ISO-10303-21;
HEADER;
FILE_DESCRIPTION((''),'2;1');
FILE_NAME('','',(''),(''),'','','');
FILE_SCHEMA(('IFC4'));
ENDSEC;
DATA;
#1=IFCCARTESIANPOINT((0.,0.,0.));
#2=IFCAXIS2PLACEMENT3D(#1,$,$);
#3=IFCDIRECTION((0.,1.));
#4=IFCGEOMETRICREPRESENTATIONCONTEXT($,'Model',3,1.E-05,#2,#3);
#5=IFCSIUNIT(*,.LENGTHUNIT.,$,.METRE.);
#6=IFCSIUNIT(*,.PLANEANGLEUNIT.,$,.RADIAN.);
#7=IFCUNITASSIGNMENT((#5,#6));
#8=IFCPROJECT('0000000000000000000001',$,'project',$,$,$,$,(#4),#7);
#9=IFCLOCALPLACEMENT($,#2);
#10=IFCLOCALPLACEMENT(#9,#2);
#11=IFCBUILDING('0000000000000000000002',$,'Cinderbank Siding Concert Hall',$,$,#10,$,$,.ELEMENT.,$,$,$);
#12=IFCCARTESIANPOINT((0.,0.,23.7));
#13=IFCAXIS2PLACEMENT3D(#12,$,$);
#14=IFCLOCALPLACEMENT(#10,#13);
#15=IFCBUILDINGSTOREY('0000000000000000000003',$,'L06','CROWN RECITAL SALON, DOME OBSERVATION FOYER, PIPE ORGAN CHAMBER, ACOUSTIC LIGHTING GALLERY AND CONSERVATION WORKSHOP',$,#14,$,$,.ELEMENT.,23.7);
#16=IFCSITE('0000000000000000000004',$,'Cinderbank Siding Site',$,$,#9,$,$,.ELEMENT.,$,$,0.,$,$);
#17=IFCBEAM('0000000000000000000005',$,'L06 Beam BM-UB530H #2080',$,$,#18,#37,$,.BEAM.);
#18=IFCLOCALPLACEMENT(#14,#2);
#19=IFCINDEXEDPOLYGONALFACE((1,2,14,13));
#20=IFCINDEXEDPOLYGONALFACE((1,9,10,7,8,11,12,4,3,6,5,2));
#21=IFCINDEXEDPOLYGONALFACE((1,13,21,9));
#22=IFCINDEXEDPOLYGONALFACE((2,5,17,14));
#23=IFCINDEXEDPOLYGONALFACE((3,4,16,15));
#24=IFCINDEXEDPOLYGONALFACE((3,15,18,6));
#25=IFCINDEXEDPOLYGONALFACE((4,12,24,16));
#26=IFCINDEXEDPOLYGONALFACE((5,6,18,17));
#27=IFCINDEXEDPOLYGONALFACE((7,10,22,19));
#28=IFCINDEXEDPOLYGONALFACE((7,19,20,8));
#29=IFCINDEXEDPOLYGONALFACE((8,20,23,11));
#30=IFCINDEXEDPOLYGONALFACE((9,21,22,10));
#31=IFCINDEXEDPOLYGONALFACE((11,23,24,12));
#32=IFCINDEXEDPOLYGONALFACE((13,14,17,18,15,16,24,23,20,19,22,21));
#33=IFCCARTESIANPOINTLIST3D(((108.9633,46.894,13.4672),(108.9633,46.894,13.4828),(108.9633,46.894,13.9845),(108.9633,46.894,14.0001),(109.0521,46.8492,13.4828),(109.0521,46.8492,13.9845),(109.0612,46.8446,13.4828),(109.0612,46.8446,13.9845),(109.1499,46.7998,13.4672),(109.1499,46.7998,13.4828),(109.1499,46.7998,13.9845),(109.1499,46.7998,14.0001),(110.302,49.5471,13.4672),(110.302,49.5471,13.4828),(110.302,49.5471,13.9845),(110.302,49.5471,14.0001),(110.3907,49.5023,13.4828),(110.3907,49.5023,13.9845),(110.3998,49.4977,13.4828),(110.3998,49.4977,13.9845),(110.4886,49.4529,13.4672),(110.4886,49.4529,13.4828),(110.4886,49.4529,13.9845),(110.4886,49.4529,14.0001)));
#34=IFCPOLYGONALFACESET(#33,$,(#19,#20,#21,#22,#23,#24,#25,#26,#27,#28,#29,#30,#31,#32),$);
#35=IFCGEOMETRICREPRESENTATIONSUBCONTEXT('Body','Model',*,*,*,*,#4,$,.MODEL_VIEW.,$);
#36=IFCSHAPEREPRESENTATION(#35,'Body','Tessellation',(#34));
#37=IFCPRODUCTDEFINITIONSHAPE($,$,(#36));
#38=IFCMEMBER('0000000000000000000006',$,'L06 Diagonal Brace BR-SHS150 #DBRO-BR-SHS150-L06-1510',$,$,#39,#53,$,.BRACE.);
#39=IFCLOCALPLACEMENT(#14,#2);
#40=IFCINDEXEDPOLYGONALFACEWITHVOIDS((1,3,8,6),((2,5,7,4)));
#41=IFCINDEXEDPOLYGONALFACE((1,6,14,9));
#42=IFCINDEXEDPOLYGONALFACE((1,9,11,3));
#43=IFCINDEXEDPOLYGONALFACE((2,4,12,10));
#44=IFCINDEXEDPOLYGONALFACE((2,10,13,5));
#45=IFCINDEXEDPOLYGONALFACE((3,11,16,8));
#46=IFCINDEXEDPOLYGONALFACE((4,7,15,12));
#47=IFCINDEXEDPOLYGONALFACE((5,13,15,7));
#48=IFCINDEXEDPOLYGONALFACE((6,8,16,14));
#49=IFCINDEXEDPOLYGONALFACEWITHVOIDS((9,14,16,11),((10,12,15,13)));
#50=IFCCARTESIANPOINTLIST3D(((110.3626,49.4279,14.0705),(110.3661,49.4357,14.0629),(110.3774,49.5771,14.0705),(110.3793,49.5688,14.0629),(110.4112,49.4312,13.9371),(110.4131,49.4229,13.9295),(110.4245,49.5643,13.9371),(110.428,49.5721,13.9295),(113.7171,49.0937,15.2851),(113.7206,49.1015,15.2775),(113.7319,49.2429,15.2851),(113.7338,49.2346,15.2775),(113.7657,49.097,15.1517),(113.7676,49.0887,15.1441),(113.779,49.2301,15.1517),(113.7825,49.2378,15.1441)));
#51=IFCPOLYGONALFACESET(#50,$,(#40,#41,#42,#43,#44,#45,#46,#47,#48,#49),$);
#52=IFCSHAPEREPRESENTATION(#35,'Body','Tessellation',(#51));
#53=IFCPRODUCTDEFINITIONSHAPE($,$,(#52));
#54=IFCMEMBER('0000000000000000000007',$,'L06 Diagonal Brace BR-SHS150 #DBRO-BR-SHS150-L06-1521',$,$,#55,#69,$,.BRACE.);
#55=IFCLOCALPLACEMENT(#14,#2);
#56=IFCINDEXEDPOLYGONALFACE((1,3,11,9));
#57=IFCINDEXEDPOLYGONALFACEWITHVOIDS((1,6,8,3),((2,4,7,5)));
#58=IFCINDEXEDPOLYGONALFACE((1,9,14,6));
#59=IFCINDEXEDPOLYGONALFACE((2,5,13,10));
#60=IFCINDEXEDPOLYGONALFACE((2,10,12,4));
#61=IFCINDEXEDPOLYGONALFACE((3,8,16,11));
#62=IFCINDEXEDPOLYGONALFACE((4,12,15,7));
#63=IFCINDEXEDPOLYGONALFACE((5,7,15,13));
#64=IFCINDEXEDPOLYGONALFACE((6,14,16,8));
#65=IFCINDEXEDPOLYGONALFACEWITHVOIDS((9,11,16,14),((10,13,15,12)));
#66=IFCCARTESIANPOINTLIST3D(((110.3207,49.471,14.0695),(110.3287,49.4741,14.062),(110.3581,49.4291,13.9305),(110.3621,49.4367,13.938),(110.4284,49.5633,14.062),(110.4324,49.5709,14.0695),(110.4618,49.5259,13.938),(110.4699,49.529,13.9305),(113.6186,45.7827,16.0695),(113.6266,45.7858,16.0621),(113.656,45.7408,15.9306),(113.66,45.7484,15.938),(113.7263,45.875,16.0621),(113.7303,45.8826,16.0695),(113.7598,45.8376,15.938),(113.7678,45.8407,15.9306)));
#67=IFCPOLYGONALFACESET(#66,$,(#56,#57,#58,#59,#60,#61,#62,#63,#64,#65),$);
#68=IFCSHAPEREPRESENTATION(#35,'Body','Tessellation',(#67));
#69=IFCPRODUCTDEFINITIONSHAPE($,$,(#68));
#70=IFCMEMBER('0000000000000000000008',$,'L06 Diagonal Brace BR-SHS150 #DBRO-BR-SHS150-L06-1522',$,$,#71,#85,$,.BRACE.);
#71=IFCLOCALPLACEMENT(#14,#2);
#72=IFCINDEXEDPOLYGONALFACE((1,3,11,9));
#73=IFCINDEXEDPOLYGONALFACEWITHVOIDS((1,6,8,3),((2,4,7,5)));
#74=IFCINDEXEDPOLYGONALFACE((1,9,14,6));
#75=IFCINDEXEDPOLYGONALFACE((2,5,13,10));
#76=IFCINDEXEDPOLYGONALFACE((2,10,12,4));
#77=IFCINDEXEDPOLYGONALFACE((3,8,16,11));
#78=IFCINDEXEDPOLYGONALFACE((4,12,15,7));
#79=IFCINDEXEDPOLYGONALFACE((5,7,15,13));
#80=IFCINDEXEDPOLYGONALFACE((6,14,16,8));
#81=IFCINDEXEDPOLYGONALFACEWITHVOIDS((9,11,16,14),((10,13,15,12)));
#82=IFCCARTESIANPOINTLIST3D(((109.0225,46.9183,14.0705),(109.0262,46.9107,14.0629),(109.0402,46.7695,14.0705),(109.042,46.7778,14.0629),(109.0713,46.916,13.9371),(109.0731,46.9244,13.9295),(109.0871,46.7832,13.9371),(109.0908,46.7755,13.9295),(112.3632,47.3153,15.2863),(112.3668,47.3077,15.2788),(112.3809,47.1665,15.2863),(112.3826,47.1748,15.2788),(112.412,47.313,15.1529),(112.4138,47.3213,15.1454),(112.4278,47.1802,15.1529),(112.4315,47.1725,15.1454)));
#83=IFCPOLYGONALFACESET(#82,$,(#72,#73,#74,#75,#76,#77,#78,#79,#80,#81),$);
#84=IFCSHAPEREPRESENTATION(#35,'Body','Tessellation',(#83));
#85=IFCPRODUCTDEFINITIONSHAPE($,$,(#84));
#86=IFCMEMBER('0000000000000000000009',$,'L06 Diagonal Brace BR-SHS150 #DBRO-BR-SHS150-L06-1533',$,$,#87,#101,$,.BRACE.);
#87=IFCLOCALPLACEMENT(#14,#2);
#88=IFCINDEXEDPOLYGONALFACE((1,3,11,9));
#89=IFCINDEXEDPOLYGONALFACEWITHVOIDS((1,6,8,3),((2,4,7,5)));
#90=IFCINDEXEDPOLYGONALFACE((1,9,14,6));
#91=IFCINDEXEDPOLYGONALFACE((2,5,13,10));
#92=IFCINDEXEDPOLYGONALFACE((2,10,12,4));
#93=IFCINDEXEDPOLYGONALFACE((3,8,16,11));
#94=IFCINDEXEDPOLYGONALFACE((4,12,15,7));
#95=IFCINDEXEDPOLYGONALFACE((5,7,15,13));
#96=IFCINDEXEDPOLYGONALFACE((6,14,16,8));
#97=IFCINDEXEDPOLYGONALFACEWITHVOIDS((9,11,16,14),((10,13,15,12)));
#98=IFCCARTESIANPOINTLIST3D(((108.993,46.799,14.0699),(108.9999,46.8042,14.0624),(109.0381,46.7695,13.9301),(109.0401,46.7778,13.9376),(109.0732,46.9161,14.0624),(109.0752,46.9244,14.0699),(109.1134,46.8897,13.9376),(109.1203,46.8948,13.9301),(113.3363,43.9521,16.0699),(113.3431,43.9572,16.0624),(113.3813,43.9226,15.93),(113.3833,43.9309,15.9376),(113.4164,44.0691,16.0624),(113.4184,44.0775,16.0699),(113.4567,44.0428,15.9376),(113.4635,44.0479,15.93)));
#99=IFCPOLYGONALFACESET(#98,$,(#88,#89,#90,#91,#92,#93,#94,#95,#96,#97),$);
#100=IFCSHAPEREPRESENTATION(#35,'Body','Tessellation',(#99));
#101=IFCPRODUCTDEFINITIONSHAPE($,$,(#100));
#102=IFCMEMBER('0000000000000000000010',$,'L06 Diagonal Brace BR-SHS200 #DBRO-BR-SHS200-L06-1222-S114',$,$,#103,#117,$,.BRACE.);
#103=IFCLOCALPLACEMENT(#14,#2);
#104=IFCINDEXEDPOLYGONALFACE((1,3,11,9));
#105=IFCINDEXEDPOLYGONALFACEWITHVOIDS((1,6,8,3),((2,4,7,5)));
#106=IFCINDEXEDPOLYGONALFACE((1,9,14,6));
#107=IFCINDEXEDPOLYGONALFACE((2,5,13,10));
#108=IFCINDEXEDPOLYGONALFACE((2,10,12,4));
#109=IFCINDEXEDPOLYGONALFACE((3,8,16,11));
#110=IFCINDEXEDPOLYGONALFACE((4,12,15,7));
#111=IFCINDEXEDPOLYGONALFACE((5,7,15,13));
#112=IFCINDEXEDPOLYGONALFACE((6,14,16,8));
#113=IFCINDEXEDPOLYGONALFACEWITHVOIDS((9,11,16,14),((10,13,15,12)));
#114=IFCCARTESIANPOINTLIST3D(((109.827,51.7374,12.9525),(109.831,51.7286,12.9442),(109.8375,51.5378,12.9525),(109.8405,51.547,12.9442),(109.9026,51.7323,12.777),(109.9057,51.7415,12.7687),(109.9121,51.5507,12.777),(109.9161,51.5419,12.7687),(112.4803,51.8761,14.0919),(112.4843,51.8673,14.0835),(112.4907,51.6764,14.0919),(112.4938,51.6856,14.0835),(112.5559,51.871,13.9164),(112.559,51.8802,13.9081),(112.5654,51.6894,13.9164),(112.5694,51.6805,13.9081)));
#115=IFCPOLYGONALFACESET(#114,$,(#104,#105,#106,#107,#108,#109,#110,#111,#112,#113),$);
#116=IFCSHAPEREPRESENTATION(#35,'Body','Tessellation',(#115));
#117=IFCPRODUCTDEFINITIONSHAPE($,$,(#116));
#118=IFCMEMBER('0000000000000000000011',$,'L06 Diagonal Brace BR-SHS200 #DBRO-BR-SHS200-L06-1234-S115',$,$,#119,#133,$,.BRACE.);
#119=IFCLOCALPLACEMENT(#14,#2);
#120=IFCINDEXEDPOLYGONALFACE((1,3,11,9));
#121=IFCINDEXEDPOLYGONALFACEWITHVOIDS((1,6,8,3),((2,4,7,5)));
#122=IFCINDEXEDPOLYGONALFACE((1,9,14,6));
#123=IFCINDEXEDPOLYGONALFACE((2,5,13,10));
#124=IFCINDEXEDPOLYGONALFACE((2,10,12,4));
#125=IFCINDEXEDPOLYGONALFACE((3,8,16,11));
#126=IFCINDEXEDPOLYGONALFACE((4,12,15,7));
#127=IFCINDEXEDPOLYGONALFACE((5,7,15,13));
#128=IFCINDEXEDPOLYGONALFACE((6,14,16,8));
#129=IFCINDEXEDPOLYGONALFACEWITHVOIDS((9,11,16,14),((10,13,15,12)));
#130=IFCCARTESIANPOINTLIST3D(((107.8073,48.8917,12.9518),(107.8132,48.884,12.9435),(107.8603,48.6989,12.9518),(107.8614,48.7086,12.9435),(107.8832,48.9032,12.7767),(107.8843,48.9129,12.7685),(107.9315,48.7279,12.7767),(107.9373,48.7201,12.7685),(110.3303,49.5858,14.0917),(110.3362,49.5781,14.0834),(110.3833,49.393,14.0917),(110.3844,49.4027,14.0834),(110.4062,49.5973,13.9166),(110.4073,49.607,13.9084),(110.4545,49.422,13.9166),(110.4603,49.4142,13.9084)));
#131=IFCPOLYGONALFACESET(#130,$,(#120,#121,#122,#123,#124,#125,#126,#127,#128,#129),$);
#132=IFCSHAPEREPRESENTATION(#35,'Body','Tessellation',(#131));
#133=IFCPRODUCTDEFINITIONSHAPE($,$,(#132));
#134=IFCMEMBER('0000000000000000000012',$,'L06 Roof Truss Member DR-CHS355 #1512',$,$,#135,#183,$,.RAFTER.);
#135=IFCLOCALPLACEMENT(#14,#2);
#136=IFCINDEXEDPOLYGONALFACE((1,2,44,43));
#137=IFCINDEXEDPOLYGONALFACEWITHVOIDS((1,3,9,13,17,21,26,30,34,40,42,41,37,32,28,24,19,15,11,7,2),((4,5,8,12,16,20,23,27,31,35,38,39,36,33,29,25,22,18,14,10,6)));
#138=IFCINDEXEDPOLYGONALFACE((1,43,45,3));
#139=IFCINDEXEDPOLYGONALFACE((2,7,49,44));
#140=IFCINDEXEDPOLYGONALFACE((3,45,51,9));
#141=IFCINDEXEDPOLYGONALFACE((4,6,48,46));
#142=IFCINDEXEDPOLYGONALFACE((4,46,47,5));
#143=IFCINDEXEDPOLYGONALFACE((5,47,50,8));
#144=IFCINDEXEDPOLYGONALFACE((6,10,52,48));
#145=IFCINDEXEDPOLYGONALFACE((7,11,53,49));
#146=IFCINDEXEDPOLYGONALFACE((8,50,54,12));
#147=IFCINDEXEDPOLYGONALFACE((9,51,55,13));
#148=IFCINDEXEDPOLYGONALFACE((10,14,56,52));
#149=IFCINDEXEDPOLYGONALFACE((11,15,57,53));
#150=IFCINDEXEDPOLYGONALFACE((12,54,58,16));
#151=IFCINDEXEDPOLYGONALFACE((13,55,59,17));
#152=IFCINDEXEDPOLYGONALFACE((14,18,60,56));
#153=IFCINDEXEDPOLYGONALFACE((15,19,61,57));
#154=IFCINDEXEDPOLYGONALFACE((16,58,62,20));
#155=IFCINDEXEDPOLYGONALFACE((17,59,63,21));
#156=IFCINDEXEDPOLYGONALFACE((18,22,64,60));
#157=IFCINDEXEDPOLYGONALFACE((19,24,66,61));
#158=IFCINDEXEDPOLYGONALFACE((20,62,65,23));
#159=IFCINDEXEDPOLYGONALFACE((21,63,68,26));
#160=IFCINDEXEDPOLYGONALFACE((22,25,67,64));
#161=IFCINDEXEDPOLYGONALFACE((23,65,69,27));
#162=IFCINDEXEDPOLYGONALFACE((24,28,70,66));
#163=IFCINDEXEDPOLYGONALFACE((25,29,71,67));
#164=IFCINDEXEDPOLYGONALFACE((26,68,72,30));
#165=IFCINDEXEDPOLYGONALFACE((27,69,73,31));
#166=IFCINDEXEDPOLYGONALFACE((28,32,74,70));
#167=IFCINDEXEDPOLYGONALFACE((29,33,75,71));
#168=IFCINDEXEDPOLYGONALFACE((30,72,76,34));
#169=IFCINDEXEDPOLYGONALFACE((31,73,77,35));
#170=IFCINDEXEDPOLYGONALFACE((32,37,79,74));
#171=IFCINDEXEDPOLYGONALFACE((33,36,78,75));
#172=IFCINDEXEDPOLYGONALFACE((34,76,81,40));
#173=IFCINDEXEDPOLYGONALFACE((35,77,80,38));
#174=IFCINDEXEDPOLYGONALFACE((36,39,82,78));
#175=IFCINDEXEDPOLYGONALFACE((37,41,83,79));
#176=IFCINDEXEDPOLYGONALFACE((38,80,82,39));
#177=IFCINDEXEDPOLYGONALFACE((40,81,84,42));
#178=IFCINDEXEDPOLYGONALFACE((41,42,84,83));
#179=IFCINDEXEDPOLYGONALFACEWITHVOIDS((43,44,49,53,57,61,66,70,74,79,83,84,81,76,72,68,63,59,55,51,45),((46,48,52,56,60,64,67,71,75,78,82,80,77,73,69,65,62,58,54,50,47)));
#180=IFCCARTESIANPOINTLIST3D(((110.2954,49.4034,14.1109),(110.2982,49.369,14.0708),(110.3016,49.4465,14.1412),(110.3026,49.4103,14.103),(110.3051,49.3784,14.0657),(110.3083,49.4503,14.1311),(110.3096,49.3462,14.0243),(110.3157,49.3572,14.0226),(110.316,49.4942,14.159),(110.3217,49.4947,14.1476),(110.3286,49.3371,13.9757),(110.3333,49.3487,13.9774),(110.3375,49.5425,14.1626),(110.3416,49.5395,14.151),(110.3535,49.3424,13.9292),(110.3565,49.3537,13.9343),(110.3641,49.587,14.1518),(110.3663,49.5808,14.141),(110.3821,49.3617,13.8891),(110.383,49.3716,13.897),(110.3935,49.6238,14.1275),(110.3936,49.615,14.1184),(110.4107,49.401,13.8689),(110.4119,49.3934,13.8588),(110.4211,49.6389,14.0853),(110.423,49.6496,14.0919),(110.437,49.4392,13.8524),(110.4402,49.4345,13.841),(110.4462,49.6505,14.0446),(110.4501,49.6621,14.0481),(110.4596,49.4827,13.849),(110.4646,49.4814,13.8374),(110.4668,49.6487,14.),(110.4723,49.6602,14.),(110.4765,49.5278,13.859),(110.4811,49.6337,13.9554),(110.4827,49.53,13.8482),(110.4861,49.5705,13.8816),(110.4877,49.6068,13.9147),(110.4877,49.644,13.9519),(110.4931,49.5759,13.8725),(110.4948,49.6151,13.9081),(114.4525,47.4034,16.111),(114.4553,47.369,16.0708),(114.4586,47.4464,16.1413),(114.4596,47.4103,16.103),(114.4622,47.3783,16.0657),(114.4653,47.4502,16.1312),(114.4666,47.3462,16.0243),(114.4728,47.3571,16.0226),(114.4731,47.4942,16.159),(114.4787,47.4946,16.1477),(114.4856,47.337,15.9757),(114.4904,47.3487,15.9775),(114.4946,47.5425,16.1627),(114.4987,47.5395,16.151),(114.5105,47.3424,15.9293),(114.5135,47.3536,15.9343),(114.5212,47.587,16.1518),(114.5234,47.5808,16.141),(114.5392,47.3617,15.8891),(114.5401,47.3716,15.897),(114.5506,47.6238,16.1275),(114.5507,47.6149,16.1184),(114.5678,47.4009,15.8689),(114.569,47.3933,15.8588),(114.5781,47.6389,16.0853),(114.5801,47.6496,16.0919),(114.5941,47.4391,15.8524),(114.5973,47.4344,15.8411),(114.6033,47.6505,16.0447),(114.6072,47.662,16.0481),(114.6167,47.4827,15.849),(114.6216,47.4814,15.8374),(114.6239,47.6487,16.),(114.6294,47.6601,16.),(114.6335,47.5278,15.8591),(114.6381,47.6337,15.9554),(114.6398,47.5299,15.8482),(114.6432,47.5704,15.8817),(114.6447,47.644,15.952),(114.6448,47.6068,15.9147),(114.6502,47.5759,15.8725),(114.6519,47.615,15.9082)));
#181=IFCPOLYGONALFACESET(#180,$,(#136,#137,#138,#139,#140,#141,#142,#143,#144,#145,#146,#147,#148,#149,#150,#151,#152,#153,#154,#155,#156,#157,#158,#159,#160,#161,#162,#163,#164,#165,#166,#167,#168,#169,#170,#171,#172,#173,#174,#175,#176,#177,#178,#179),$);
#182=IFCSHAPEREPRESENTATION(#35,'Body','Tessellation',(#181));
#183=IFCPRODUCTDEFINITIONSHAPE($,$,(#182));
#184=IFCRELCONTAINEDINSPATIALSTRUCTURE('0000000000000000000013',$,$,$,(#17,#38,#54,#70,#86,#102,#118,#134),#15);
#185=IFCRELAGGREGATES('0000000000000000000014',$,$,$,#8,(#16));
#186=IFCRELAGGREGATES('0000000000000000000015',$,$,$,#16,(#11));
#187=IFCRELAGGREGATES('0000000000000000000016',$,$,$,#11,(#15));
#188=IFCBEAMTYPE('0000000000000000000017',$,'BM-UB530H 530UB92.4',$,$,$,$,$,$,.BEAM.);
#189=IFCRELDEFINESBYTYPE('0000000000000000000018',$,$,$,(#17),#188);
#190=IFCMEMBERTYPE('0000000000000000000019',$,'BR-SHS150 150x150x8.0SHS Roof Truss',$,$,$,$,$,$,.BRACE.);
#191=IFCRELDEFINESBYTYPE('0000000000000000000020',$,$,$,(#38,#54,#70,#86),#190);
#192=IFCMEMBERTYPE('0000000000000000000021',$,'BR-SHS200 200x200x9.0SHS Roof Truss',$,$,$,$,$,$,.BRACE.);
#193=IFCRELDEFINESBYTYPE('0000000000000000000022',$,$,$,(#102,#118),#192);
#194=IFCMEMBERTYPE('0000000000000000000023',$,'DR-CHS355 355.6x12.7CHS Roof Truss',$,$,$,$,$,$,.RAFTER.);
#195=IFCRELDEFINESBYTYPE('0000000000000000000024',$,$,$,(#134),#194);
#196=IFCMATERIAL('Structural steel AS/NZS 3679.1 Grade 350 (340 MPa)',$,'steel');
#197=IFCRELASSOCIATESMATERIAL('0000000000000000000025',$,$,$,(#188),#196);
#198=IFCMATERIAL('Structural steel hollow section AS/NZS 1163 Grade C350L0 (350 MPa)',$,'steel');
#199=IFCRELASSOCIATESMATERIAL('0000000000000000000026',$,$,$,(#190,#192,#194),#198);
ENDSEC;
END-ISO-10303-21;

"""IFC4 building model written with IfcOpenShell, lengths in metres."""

from ifc_helpers import new_model, si_unit, direction, frame, origin, origin_2d, place, context, subcontext, project, spatial, hollow_rectangle, hollow_circle, i_section, extrude, material, material_profile, profile_set, type_object, element, save


model = new_model("IFC4")

# Units and contexts
model_context = context("Model", 3, precision=1e-05, world=origin(), true_north=direction((0.0, 1.0)))
body_context = subcontext(model_context, "Body", "Model", "MODEL_VIEW")
ifc_project = project(units=[si_unit("LENGTHUNIT", "METRE"), si_unit("PLANEANGLEUNIT", "RADIAN")], contexts=[model_context])

# Site, building, storey
site_placement = place(None, origin())
site = spatial("IfcSite", under=ifc_project, at=site_placement, Name="Cinderbank Siding Site", CompositionType="ELEMENT", RefElevation=0.0)
building_placement = place(site_placement, origin())
building = spatial("IfcBuilding", under=site, at=building_placement, Name="Cinderbank Siding Concert Hall", CompositionType="ELEMENT")
storey_placement = place(building_placement, frame((0.0, 0.0, 23.7)))
storey = spatial("IfcBuildingStorey", under=building, at=storey_placement, Name="L06", Description="CROWN RECITAL SALON, DOME OBSERVATION FOYER, PIPE ORGAN CHAMBER, ACOUSTIC LIGHTING GALLERY AND CONSERVATION WORKSHOP", CompositionType="ELEMENT", Elevation=23.7)

# Beam
ifc_material_1 = material(Name="Structural steel AS/NZS 3679.1 Grade 350 (340 MPa)", Category="steel")
ifc_material_profile_1 = material_profile(ifc_material_1, i_section(OverallWidth=0.209, OverallDepth=0.533, WebThickness=0.0103, FlangeThickness=0.0156, at=origin_2d()), Name="530UB92.4", Category="LoadBearing")
ifc_profile_set_1 = profile_set([ifc_material_profile_1], Name="Structural steel AS/NZS 3679.1 Grade 350 (340 MPa)")
beam_type = type_object("IfcBeamType", Name="BM-UB530H 530UB92.4", PredefinedType="BEAM", material=ifc_profile_set_1)
beam_placement = place(storey_placement, frame((110.3953, 49.5, 13.7336), z_axis=(-0.450464, -0.892795, 0.0), x_axis=(0.892795, -0.450464, 0.0)))
element("IfcBeam", 1, at=beam_placement, inside=storey, type_object=beam_type, Name="L06 Beam BM-UB530H #2080", PredefinedType="BEAM", context=body_context, shape_type="SweptSolid", body=[
    extrude(i_section(OverallWidth=0.209, OverallDepth=0.533, WebThickness=0.0103, FlangeThickness=0.0156, at=origin_2d()), origin(), (0.0, 0.0, 1.0), 2.9717),
])

# Members
ifc_material_2 = material(Name="Structural steel hollow section AS/NZS 1163 Grade C350L0 (350 MPa)", Category="steel")
ifc_material_profile_2 = material_profile(ifc_material_2, hollow_rectangle(XDim=0.1499, YDim=0.1499, WallThickness=0.0081, at=origin_2d()), Name="150x150x8.0SHS", Category="LoadBearing")
ifc_profile_set_2 = profile_set([ifc_material_profile_2], Name="Structural steel hollow section AS/NZS 1163 Grade C350L0 (350 MPa)")
member_type_1 = type_object("IfcMemberType", Name="BR-SHS150 150x150x8.0SHS Roof Truss", PredefinedType="BRACE", material=ifc_profile_set_2)
member_1_placement = place(storey_placement, frame((110.3953, 49.5, 14.0), z_axis=(0.936163, -0.093276, 0.338967), x_axis=(0.099145, 0.995073, 0.0)))
element("IfcMember", 2, at=member_1_placement, inside=storey, type_object=member_type_1, Name="L06 Diagonal Brace BR-SHS150 #DBRO-BR-SHS150-L06-1510", PredefinedType="BRACE", context=body_context, shape_type="SweptSolid", body=[
    extrude(hollow_rectangle(XDim=0.1499, YDim=0.1499, WallThickness=0.0081, at=origin_2d()), origin(), (0.0, 0.0, 1.0), 3.5833),
])
member_2_placement = place(storey_placement, frame((110.3953, 49.5, 14.0), z_axis=(0.617973, -0.691125, 0.374773), x_axis=(0.745457, 0.666554, 0.0)))
element("IfcMember", 3, at=member_2_placement, inside=storey, type_object=member_type_1, Name="L06 Diagonal Brace BR-SHS150 #DBRO-BR-SHS150-L06-1521", PredefinedType="BRACE", context=body_context, shape_type="SweptSolid", body=[
    extrude(hollow_rectangle(XDim=0.1499, YDim=0.1499, WallThickness=0.0081, at=origin_2d()), origin(), (0.0, 0.0, 1.0), 5.3367),
])
member_3_placement = place(storey_placement, frame((109.0566, 46.8469, 14.0), z_axis=(0.933893, 0.110978, 0.339895), x_axis=(-0.118003, 0.993013, 0.0)))
element("IfcMember", 4, at=member_3_placement, inside=storey, type_object=member_type_1, Name="L06 Diagonal Brace BR-SHS150 #DBRO-BR-SHS150-L06-1522", PredefinedType="BRACE", context=body_context, shape_type="SweptSolid", body=[
    extrude(hollow_rectangle(XDim=0.1499, YDim=0.1499, WallThickness=0.0081, at=origin_2d()), origin(), (0.0, 0.0, 1.0), 3.5771),
])
member_4_placement = place(storey_placement, frame((109.0566, 46.8469, 14.0), z_axis=(0.780464, -0.511579, 0.359391), x_axis=(0.548207, 0.836343, 0.0)))
element("IfcMember", 5, at=member_4_placement, inside=storey, type_object=member_type_1, Name="L06 Diagonal Brace BR-SHS150 #DBRO-BR-SHS150-L06-1533", PredefinedType="BRACE", context=body_context, shape_type="SweptSolid", body=[
    extrude(hollow_rectangle(XDim=0.1499, YDim=0.1499, WallThickness=0.0081, at=origin_2d()), origin(), (0.0, 0.0, 1.0), 5.5649),
])
ifc_material_profile_3 = material_profile(ifc_material_2, hollow_rectangle(XDim=0.2, YDim=0.2, WallThickness=0.009, at=origin_2d()), Name="200x200x9.0SHS", Category="LoadBearing")
ifc_profile_set_3 = profile_set([ifc_material_profile_3], Name="Structural steel hollow section AS/NZS 1163 Grade C350L0 (350 MPa)")
member_type_2 = type_object("IfcMemberType", Name="BR-SHS200 200x200x9.0SHS Roof Truss", PredefinedType="BRACE", material=ifc_profile_set_3)
member_5_placement = place(storey_placement, frame((109.8716, 51.6396, 12.8606), z_axis=(0.917803, 0.047968, 0.394128), x_axis=(-0.052192, 0.998637, 0.0)))
element("IfcMember", 6, at=member_5_placement, inside=storey, type_object=member_type_2, Name="L06 Diagonal Brace BR-SHS200 #DBRO-BR-SHS200-L06-1222-S114", PredefinedType="BRACE", context=body_context, shape_type="SweptSolid", body=[
    extrude(hollow_rectangle(XDim=0.2, YDim=0.2, WallThickness=0.009, at=origin_2d()), origin(), (0.0, 0.0, 1.0), 2.8909),
])
member_6_placement = place(storey_placement, frame((107.8723, 48.8059, 12.8601), z_axis=(0.883946, 0.243184, 0.399375), x_axis=(-0.265256, 0.964178, 0.0)))
element("IfcMember", 7, at=member_6_placement, inside=storey, type_object=member_type_2, Name="L06 Diagonal Brace BR-SHS200 #DBRO-BR-SHS200-L06-1234-S115", PredefinedType="BRACE", context=body_context, shape_type="SweptSolid", body=[
    extrude(hollow_rectangle(XDim=0.2, YDim=0.2, WallThickness=0.009, at=origin_2d()), origin(), (0.0, 0.0, 1.0), 2.8542),
])
ifc_material_profile_4 = material_profile(ifc_material_2, hollow_circle(Radius=0.1777, WallThickness=0.0127, at=origin_2d()), Name="355.6x12.7CHS", Category="LoadBearing")
ifc_profile_set_4 = profile_set([ifc_material_profile_4], Name="Structural steel hollow section AS/NZS 1163 Grade C350L0 (350 MPa)")
member_type_3 = type_object("IfcMemberType", Name="DR-CHS355 355.6x12.7CHS Roof Truss", PredefinedType="RAFTER", material=ifc_profile_set_4)
member_7_placement = place(storey_placement, frame((110.3953, 49.5, 14.0), z_axis=(0.826771, -0.397775, 0.397775), x_axis=(0.43355, 0.90113, 0.0)))
element("IfcMember", 8, at=member_7_placement, inside=storey, type_object=member_type_3, Name="L06 Roof Truss Member DR-CHS355 #1512", PredefinedType="RAFTER", context=body_context, shape_type="SweptSolid", body=[
    extrude(hollow_circle(Radius=0.1777, WallThickness=0.0127, at=origin_2d()), origin(), (0.0, 0.0, 1.0), 5.0281),
])

save(model, "model.ifc")
